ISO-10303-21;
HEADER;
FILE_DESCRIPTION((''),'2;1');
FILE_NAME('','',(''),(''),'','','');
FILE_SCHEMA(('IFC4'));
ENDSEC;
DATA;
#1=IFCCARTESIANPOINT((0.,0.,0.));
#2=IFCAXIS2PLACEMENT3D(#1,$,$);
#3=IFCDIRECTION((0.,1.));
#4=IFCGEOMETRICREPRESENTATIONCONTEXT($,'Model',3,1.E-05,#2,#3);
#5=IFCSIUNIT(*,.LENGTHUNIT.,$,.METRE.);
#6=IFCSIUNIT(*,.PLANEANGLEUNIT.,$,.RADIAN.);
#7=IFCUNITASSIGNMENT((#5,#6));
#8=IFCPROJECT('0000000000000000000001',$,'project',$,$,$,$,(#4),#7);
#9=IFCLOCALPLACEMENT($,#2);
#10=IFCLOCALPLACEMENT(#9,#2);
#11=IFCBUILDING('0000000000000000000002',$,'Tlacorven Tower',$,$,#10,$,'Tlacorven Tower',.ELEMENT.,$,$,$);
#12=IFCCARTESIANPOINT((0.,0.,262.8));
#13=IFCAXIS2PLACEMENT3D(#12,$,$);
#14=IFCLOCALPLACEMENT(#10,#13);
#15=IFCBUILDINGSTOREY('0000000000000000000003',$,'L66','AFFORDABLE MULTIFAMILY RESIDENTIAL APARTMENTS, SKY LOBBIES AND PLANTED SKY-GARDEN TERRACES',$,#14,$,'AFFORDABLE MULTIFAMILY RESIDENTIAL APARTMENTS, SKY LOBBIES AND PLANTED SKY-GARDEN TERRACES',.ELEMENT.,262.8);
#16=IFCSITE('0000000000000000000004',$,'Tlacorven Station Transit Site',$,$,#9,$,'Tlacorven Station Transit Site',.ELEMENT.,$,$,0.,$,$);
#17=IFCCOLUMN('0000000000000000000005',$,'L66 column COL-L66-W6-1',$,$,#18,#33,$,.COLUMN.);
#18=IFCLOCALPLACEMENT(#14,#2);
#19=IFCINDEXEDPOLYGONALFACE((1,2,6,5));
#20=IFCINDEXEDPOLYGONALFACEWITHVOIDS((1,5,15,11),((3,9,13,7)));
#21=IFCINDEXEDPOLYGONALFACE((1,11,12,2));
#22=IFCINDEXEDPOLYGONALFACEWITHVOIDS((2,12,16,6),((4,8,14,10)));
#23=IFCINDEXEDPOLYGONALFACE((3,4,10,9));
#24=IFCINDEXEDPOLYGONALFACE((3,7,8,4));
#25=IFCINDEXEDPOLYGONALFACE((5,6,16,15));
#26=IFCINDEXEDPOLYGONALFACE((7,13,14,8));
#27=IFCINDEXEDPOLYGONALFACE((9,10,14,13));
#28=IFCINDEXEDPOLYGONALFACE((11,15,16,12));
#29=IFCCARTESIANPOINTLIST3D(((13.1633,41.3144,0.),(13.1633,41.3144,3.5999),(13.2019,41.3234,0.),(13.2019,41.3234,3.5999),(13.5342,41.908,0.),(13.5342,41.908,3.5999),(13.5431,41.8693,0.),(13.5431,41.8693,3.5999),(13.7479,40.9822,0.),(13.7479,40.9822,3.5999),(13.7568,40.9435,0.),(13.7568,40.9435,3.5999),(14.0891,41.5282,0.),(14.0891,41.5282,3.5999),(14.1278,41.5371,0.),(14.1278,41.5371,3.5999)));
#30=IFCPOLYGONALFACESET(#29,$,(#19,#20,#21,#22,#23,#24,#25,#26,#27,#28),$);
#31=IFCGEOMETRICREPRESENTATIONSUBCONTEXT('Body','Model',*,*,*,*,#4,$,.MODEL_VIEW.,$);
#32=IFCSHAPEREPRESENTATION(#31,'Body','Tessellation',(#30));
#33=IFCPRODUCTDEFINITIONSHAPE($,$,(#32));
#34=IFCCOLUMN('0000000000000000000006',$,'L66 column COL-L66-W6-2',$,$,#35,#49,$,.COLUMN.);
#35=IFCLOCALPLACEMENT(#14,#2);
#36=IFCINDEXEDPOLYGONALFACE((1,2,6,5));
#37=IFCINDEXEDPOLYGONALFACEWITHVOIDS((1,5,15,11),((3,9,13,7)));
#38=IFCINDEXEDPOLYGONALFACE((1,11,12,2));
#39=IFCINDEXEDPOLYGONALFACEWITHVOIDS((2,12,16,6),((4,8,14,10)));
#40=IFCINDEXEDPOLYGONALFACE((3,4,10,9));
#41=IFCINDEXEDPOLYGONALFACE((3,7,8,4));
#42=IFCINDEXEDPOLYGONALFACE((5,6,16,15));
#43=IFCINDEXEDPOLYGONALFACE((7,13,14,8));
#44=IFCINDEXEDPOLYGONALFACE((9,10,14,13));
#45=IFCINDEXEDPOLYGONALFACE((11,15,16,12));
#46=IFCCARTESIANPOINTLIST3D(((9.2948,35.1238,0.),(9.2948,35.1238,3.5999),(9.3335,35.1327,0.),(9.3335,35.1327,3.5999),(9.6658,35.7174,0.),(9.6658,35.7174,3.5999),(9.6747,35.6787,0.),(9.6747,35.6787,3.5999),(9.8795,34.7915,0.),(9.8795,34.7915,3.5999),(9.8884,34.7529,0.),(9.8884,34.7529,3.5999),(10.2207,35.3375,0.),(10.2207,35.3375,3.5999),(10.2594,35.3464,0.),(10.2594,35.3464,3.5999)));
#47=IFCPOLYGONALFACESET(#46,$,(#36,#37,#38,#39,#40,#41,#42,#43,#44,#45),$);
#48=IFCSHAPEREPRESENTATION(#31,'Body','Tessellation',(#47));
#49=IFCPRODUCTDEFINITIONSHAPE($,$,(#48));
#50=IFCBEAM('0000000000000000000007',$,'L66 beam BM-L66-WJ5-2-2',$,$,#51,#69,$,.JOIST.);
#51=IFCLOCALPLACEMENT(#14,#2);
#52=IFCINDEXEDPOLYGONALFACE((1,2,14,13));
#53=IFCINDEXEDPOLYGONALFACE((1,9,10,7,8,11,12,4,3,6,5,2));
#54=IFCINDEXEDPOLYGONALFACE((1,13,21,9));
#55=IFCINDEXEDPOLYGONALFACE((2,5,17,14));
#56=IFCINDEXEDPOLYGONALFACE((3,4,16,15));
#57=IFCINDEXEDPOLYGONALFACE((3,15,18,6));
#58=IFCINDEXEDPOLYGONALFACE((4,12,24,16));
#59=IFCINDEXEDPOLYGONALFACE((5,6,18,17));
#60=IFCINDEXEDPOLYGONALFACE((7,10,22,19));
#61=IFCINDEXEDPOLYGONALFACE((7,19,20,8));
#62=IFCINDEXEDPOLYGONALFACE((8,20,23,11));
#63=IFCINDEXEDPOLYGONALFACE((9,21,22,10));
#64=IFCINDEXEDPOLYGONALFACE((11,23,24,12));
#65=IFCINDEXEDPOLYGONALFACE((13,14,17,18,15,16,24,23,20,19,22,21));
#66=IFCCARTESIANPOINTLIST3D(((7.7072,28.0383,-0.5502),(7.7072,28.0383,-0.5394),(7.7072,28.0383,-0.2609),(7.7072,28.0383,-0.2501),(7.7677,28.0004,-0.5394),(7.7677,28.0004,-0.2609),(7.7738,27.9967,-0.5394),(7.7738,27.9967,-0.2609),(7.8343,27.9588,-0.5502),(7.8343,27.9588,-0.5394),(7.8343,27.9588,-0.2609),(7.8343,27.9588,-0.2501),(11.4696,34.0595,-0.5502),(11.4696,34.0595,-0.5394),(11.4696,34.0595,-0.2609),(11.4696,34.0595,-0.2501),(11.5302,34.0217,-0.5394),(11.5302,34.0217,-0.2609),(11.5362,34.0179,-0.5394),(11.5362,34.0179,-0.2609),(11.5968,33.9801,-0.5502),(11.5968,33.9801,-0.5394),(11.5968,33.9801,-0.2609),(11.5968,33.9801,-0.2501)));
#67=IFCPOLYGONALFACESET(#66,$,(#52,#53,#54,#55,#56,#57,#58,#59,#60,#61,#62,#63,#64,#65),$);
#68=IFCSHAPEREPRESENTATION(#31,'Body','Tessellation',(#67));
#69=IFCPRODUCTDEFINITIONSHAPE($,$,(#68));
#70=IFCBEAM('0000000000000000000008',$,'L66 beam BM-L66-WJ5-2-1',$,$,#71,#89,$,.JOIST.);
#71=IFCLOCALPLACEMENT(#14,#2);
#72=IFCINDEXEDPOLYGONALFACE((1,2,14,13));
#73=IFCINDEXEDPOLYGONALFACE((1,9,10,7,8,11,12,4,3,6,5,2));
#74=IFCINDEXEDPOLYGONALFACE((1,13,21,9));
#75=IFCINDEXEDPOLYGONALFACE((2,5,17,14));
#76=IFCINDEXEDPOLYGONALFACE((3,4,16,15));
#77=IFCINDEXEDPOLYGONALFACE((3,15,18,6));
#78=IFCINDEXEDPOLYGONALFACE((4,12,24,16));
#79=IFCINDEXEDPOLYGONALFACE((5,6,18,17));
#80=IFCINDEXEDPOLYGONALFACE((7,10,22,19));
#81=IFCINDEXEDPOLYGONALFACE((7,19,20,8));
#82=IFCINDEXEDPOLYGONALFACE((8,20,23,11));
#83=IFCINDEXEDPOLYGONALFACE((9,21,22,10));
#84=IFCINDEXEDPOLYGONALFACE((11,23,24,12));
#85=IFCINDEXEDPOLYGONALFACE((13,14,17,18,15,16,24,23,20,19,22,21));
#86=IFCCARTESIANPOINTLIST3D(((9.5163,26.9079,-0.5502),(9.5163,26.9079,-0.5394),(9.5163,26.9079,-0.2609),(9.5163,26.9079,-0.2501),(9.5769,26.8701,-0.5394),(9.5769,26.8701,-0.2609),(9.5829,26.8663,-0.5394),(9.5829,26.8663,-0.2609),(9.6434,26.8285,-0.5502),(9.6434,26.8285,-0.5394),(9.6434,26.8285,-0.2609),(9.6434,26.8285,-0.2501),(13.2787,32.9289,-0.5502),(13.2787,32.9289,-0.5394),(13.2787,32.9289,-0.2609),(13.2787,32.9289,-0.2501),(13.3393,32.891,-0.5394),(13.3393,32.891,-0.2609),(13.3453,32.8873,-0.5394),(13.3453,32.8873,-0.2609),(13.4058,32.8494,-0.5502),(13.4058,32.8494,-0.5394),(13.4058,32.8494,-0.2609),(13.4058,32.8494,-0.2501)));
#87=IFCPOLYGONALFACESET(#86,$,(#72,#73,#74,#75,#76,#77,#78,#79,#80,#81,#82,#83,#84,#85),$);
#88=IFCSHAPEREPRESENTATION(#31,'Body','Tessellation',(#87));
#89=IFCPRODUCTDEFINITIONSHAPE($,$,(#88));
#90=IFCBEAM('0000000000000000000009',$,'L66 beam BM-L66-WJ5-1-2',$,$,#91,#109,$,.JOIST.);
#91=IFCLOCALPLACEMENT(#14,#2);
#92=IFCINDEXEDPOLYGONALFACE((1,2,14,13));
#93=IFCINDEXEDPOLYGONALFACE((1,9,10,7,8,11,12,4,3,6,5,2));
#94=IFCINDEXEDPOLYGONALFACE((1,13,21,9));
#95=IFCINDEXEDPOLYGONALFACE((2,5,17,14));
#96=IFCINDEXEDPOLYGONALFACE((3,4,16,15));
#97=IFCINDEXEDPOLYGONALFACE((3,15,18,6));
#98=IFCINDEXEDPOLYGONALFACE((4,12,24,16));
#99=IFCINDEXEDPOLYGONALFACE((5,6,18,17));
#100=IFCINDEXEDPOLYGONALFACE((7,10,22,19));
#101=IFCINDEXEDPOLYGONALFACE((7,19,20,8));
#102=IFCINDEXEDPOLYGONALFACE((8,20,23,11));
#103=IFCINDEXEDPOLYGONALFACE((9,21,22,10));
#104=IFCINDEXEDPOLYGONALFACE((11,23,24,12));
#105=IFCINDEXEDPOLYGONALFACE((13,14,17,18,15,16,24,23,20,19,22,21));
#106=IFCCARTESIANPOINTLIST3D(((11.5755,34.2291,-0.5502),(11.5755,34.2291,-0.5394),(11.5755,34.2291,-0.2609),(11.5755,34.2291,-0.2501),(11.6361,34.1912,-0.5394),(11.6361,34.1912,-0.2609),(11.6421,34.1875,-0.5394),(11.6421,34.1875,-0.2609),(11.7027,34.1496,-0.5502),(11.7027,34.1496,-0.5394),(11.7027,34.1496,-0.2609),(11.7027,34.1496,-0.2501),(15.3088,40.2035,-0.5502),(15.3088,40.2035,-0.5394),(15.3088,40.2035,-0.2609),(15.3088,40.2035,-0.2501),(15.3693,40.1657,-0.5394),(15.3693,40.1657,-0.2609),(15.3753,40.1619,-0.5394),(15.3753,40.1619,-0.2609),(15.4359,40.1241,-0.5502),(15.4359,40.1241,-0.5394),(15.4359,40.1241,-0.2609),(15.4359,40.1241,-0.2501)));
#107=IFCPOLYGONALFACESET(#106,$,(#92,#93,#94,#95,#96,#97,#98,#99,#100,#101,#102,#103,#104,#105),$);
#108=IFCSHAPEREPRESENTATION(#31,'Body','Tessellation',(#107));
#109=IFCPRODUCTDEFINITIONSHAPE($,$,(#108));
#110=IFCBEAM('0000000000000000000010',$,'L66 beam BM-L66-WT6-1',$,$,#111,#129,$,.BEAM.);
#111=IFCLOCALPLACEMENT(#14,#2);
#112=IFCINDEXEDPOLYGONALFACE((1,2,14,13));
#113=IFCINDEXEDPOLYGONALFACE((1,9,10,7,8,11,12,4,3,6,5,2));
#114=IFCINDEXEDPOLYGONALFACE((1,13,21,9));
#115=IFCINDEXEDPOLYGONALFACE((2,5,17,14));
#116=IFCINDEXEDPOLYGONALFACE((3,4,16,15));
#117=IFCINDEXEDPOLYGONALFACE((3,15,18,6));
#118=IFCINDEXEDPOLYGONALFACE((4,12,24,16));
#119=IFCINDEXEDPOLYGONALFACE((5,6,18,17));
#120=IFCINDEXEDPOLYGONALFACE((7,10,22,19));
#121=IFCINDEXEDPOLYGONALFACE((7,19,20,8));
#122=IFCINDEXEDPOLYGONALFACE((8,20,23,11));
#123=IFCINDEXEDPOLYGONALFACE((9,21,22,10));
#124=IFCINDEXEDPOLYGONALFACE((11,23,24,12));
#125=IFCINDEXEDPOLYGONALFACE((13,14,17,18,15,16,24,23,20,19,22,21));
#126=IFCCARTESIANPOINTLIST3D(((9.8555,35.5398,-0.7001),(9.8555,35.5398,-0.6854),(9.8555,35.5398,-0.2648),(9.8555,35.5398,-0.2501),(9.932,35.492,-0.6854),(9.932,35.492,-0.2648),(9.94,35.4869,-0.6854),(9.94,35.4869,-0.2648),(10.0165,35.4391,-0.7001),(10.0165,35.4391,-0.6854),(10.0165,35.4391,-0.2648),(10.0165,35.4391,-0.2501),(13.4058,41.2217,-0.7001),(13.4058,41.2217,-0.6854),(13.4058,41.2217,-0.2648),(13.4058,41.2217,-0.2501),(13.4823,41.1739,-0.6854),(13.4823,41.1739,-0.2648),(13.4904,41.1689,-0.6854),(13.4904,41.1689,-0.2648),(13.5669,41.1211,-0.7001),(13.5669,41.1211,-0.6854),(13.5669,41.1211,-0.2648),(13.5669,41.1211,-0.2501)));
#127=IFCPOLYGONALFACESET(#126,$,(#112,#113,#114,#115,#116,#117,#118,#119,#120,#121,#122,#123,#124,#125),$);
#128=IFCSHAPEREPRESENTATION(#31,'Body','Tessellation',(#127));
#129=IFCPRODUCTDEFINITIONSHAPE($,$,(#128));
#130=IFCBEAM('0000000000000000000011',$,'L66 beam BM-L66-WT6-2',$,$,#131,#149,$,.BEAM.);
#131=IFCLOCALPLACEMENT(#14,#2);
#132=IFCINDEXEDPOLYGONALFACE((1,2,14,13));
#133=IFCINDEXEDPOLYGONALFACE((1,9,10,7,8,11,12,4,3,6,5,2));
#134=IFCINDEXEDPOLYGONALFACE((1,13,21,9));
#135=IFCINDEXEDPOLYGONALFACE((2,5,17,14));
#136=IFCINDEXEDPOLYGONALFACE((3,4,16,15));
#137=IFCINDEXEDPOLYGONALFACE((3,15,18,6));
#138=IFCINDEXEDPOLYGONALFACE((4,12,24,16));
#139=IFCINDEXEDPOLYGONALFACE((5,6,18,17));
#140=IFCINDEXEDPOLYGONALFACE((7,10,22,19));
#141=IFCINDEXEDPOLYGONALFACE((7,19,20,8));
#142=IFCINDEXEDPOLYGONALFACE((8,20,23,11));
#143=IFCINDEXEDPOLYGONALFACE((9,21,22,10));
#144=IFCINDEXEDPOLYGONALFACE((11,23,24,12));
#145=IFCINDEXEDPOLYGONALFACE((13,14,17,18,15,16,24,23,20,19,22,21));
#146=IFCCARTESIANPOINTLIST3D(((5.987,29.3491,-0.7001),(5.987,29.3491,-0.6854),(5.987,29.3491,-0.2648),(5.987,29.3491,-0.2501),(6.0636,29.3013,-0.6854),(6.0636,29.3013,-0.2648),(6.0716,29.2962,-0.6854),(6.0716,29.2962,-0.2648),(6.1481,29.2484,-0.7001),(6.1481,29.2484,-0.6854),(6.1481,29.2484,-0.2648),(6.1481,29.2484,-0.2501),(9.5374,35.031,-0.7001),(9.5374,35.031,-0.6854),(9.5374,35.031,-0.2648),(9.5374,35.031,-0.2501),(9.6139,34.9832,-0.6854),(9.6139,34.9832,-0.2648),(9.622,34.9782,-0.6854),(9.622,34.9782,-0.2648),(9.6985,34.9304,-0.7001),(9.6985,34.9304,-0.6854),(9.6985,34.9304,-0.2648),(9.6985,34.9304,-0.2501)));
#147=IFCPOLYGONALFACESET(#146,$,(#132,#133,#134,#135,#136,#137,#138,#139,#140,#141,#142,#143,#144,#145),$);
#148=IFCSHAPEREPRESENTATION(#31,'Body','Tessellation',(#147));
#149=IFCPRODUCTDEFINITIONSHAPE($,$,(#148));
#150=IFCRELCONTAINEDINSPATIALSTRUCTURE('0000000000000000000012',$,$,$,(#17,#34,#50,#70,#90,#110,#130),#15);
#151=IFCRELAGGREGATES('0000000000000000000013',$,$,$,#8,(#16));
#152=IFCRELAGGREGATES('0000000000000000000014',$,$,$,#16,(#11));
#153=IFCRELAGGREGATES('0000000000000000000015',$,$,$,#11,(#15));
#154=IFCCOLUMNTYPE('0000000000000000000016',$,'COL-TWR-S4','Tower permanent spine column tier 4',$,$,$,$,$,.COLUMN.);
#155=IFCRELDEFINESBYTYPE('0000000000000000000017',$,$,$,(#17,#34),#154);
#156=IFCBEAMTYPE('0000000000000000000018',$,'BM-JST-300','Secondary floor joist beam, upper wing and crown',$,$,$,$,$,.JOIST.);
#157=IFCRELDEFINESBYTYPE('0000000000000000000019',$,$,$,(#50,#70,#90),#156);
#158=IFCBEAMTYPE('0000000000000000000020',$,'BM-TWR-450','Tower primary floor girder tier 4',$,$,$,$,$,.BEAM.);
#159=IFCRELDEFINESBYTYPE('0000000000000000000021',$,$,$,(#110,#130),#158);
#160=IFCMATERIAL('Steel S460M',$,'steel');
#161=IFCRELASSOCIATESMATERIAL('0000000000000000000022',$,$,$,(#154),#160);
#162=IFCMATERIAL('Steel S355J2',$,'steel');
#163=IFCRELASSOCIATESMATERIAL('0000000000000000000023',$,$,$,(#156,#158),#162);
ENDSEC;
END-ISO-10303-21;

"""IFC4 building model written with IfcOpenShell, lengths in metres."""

from ifc_helpers import new_model, si_unit, direction, frame, origin, origin_2d, place, context, subcontext, project, spatial, hollow_rectangle, i_section, extrude, source, transform, mapped, material, material_profile, profile_set, type_object, element, save


model = new_model("IFC4")

# Units and contexts
model_context = context("Model", 3, precision=1e-05, world=origin(), true_north=direction((0.0, 1.0)))
body_context = subcontext(model_context, "Body", "Model", "MODEL_VIEW")
ifc_project = project(units=[si_unit("LENGTHUNIT", "METRE"), si_unit("PLANEANGLEUNIT", "RADIAN")], contexts=[model_context])

# Site, building, storey
site_placement = place(None, origin())
site = spatial("IfcSite", under=ifc_project, at=site_placement, Name="Tlacorven Station Transit Site", LongName="Tlacorven Station Transit Site", CompositionType="ELEMENT", RefElevation=0.0)
building_placement = place(site_placement, origin())
building = spatial("IfcBuilding", under=site, at=building_placement, Name="Tlacorven Tower", LongName="Tlacorven Tower", CompositionType="ELEMENT")
storey_placement = place(building_placement, frame((0.0, 0.0, 262.8)))
storey = spatial("IfcBuildingStorey", under=building, at=storey_placement, Name="L66", Description="AFFORDABLE MULTIFAMILY RESIDENTIAL APARTMENTS, SKY LOBBIES AND PLANTED SKY-GARDEN TERRACES", LongName="AFFORDABLE MULTIFAMILY RESIDENTIAL APARTMENTS, SKY LOBBIES AND PLANTED SKY-GARDEN TERRACES", CompositionType="ELEMENT", Elevation=262.8)

# Columns
ifc_material_1 = material(Name="Steel S460M", Category="steel")
ifc_material_profile_1 = material_profile(ifc_material_1, hollow_rectangle(XDim=0.7, YDim=0.7, WallThickness=0.0281, at=origin_2d()), Name="BOX 700X700X28")
ifc_profile_set_1 = profile_set([ifc_material_profile_1], Name="Steel S460M")
column_type = type_object("IfcColumnType", Name="COL-TWR-S4", Description="Tower permanent spine column tier 4", PredefinedType="COLUMN", material=ifc_profile_set_1)
shared_shape_1 = source(origin(), body_context, "Body", "SweptSolid", [
    extrude(hollow_rectangle(XDim=0.7, YDim=0.7, WallThickness=0.0281, at=origin_2d()), origin(), (0.0, 0.0, 1.0), 3.5999),
])
for number, where, z_axis, x_axis, name in (
    (1, (13.6455, 41.4258, 0.0), (0.0, 0.0, 1.0), (-0.848048, 0.529919, 0.0), "L66 column COL-L66-W6-1"),
    (2, (9.7771, 35.2351, 0.0), (0.0, 0.0, 1.0), (-0.848048, 0.529919, 0.0), "L66 column COL-L66-W6-2"),
):
    element("IfcColumn", number, at=place(storey_placement, frame(where, z_axis=z_axis, x_axis=x_axis)), inside=storey, type_object=column_type, Name=name, PredefinedType="COLUMN", context=body_context, shape_type="MappedRepresentation", body=[
        mapped(shared_shape_1, transform((0.0, 0.0, 0.0), scale=1.0)),
    ])

# Beams
ifc_material_2 = material(Name="Steel S355J2", Category="steel")
ifc_material_profile_2 = material_profile(ifc_material_2, i_section(OverallWidth=0.1499, OverallDepth=0.3, WebThickness=0.0071, FlangeThickness=0.0107, at=origin_2d()), Name="IPE 300")
ifc_profile_set_2 = profile_set([ifc_material_profile_2], Name="Steel S355J2")
beam_type_1 = type_object("IfcBeamType", Name="BM-JST-300", Description="Secondary floor joist beam, upper wing and crown", PredefinedType="JOIST", material=ifc_profile_set_2)
shared_shape_2 = source(origin(), body_context, "Body", "SweptSolid", [
    extrude(i_section(OverallWidth=0.1499, OverallDepth=0.3, WebThickness=0.0071, FlangeThickness=0.0107, at=origin_2d()), origin(), (0.0, 0.0, 1.0), 7.1001),
])
beam_1_placement = place(storey_placement, frame((11.5332, 34.0198, -0.4001), z_axis=(-0.529915, -0.84805, 0.0), x_axis=(0.84805, -0.529915, 0.0)))
element("IfcBeam", 3, at=beam_1_placement, inside=storey, type_object=beam_type_1, Name="L66 beam BM-L66-WJ5-2-2", PredefinedType="JOIST", context=body_context, shape_type="MappedRepresentation", body=[
    mapped(shared_shape_2, transform((0.0, 0.0, 0.0), scale=1.0)),
])
shared_shape_3 = source(origin(), body_context, "Body", "SweptSolid", [
    extrude(i_section(OverallWidth=0.1499, OverallDepth=0.3, WebThickness=0.0071, FlangeThickness=0.0107, at=origin_2d()), origin(), (0.0, 0.0, 1.0), 7.0999),
])
beam_2_placement = place(storey_placement, frame((13.3423, 32.8892, -0.4001), z_axis=(-0.529931, -0.848041, 0.0), x_axis=(0.848041, -0.529931, 0.0)))
element("IfcBeam", 4, at=beam_2_placement, inside=storey, type_object=beam_type_1, Name="L66 beam BM-L66-WJ5-2-1", PredefinedType="JOIST", context=body_context, shape_type="MappedRepresentation", body=[
    mapped(shared_shape_3, transform((0.0, 0.0, 0.0), scale=1.0)),
])
shared_shape_4 = source(origin(), body_context, "Body", "SweptSolid", [
    extrude(i_section(OverallWidth=0.1499, OverallDepth=0.3, WebThickness=0.0071, FlangeThickness=0.0107, at=origin_2d()), origin(), (0.0, 0.0, 1.0), 7.0449),
])
beam_3_placement = place(storey_placement, frame((15.3723, 40.1638, -0.4001), z_axis=(-0.529915, -0.848051, 0.0), x_axis=(0.848051, -0.529915, 0.0)))
element("IfcBeam", 5, at=beam_3_placement, inside=storey, type_object=beam_type_1, Name="L66 beam BM-L66-WJ5-1-2", PredefinedType="JOIST", context=body_context, shape_type="MappedRepresentation", body=[
    mapped(shared_shape_4, transform((0.0, 0.0, 0.0), scale=1.0)),
])
ifc_material_profile_3 = material_profile(ifc_material_2, i_section(OverallWidth=0.1899, OverallDepth=0.45, WebThickness=0.0095, FlangeThickness=0.0146, at=origin_2d()), Name="IPE 450")
ifc_profile_set_3 = profile_set([ifc_material_profile_3], Name="Steel S355J2")
beam_type_2 = type_object("IfcBeamType", Name="BM-TWR-450", Description="Tower primary floor girder tier 4", PredefinedType="BEAM", material=ifc_profile_set_3)
shared_shape_5 = source(origin(), body_context, "Body", "SweptSolid", [
    extrude(i_section(OverallWidth=0.1899, OverallDepth=0.45, WebThickness=0.0095, FlangeThickness=0.0146, at=origin_2d()), origin(), (0.0, 0.0, 1.0), 6.7),
])
for number, where, z_axis, x_axis, name in (
    (6, (13.4863, 41.1714, -0.4751), (-0.529904, -0.848058, 0.0), (0.848058, -0.529904, 0.0), "L66 beam BM-L66-WT6-1"),
    (7, (9.6179, 34.9807, -0.4751), (-0.529904, -0.848058, 0.0), (0.848058, -0.529904, 0.0), "L66 beam BM-L66-WT6-2"),
):
    element("IfcBeam", number, at=place(storey_placement, frame(where, z_axis=z_axis, x_axis=x_axis)), inside=storey, type_object=beam_type_2, Name=name, PredefinedType="BEAM", context=body_context, shape_type="MappedRepresentation", body=[
        mapped(shared_shape_5, transform((0.0, 0.0, 0.0), scale=1.0)),
    ])

save(model, "model.ifc")
